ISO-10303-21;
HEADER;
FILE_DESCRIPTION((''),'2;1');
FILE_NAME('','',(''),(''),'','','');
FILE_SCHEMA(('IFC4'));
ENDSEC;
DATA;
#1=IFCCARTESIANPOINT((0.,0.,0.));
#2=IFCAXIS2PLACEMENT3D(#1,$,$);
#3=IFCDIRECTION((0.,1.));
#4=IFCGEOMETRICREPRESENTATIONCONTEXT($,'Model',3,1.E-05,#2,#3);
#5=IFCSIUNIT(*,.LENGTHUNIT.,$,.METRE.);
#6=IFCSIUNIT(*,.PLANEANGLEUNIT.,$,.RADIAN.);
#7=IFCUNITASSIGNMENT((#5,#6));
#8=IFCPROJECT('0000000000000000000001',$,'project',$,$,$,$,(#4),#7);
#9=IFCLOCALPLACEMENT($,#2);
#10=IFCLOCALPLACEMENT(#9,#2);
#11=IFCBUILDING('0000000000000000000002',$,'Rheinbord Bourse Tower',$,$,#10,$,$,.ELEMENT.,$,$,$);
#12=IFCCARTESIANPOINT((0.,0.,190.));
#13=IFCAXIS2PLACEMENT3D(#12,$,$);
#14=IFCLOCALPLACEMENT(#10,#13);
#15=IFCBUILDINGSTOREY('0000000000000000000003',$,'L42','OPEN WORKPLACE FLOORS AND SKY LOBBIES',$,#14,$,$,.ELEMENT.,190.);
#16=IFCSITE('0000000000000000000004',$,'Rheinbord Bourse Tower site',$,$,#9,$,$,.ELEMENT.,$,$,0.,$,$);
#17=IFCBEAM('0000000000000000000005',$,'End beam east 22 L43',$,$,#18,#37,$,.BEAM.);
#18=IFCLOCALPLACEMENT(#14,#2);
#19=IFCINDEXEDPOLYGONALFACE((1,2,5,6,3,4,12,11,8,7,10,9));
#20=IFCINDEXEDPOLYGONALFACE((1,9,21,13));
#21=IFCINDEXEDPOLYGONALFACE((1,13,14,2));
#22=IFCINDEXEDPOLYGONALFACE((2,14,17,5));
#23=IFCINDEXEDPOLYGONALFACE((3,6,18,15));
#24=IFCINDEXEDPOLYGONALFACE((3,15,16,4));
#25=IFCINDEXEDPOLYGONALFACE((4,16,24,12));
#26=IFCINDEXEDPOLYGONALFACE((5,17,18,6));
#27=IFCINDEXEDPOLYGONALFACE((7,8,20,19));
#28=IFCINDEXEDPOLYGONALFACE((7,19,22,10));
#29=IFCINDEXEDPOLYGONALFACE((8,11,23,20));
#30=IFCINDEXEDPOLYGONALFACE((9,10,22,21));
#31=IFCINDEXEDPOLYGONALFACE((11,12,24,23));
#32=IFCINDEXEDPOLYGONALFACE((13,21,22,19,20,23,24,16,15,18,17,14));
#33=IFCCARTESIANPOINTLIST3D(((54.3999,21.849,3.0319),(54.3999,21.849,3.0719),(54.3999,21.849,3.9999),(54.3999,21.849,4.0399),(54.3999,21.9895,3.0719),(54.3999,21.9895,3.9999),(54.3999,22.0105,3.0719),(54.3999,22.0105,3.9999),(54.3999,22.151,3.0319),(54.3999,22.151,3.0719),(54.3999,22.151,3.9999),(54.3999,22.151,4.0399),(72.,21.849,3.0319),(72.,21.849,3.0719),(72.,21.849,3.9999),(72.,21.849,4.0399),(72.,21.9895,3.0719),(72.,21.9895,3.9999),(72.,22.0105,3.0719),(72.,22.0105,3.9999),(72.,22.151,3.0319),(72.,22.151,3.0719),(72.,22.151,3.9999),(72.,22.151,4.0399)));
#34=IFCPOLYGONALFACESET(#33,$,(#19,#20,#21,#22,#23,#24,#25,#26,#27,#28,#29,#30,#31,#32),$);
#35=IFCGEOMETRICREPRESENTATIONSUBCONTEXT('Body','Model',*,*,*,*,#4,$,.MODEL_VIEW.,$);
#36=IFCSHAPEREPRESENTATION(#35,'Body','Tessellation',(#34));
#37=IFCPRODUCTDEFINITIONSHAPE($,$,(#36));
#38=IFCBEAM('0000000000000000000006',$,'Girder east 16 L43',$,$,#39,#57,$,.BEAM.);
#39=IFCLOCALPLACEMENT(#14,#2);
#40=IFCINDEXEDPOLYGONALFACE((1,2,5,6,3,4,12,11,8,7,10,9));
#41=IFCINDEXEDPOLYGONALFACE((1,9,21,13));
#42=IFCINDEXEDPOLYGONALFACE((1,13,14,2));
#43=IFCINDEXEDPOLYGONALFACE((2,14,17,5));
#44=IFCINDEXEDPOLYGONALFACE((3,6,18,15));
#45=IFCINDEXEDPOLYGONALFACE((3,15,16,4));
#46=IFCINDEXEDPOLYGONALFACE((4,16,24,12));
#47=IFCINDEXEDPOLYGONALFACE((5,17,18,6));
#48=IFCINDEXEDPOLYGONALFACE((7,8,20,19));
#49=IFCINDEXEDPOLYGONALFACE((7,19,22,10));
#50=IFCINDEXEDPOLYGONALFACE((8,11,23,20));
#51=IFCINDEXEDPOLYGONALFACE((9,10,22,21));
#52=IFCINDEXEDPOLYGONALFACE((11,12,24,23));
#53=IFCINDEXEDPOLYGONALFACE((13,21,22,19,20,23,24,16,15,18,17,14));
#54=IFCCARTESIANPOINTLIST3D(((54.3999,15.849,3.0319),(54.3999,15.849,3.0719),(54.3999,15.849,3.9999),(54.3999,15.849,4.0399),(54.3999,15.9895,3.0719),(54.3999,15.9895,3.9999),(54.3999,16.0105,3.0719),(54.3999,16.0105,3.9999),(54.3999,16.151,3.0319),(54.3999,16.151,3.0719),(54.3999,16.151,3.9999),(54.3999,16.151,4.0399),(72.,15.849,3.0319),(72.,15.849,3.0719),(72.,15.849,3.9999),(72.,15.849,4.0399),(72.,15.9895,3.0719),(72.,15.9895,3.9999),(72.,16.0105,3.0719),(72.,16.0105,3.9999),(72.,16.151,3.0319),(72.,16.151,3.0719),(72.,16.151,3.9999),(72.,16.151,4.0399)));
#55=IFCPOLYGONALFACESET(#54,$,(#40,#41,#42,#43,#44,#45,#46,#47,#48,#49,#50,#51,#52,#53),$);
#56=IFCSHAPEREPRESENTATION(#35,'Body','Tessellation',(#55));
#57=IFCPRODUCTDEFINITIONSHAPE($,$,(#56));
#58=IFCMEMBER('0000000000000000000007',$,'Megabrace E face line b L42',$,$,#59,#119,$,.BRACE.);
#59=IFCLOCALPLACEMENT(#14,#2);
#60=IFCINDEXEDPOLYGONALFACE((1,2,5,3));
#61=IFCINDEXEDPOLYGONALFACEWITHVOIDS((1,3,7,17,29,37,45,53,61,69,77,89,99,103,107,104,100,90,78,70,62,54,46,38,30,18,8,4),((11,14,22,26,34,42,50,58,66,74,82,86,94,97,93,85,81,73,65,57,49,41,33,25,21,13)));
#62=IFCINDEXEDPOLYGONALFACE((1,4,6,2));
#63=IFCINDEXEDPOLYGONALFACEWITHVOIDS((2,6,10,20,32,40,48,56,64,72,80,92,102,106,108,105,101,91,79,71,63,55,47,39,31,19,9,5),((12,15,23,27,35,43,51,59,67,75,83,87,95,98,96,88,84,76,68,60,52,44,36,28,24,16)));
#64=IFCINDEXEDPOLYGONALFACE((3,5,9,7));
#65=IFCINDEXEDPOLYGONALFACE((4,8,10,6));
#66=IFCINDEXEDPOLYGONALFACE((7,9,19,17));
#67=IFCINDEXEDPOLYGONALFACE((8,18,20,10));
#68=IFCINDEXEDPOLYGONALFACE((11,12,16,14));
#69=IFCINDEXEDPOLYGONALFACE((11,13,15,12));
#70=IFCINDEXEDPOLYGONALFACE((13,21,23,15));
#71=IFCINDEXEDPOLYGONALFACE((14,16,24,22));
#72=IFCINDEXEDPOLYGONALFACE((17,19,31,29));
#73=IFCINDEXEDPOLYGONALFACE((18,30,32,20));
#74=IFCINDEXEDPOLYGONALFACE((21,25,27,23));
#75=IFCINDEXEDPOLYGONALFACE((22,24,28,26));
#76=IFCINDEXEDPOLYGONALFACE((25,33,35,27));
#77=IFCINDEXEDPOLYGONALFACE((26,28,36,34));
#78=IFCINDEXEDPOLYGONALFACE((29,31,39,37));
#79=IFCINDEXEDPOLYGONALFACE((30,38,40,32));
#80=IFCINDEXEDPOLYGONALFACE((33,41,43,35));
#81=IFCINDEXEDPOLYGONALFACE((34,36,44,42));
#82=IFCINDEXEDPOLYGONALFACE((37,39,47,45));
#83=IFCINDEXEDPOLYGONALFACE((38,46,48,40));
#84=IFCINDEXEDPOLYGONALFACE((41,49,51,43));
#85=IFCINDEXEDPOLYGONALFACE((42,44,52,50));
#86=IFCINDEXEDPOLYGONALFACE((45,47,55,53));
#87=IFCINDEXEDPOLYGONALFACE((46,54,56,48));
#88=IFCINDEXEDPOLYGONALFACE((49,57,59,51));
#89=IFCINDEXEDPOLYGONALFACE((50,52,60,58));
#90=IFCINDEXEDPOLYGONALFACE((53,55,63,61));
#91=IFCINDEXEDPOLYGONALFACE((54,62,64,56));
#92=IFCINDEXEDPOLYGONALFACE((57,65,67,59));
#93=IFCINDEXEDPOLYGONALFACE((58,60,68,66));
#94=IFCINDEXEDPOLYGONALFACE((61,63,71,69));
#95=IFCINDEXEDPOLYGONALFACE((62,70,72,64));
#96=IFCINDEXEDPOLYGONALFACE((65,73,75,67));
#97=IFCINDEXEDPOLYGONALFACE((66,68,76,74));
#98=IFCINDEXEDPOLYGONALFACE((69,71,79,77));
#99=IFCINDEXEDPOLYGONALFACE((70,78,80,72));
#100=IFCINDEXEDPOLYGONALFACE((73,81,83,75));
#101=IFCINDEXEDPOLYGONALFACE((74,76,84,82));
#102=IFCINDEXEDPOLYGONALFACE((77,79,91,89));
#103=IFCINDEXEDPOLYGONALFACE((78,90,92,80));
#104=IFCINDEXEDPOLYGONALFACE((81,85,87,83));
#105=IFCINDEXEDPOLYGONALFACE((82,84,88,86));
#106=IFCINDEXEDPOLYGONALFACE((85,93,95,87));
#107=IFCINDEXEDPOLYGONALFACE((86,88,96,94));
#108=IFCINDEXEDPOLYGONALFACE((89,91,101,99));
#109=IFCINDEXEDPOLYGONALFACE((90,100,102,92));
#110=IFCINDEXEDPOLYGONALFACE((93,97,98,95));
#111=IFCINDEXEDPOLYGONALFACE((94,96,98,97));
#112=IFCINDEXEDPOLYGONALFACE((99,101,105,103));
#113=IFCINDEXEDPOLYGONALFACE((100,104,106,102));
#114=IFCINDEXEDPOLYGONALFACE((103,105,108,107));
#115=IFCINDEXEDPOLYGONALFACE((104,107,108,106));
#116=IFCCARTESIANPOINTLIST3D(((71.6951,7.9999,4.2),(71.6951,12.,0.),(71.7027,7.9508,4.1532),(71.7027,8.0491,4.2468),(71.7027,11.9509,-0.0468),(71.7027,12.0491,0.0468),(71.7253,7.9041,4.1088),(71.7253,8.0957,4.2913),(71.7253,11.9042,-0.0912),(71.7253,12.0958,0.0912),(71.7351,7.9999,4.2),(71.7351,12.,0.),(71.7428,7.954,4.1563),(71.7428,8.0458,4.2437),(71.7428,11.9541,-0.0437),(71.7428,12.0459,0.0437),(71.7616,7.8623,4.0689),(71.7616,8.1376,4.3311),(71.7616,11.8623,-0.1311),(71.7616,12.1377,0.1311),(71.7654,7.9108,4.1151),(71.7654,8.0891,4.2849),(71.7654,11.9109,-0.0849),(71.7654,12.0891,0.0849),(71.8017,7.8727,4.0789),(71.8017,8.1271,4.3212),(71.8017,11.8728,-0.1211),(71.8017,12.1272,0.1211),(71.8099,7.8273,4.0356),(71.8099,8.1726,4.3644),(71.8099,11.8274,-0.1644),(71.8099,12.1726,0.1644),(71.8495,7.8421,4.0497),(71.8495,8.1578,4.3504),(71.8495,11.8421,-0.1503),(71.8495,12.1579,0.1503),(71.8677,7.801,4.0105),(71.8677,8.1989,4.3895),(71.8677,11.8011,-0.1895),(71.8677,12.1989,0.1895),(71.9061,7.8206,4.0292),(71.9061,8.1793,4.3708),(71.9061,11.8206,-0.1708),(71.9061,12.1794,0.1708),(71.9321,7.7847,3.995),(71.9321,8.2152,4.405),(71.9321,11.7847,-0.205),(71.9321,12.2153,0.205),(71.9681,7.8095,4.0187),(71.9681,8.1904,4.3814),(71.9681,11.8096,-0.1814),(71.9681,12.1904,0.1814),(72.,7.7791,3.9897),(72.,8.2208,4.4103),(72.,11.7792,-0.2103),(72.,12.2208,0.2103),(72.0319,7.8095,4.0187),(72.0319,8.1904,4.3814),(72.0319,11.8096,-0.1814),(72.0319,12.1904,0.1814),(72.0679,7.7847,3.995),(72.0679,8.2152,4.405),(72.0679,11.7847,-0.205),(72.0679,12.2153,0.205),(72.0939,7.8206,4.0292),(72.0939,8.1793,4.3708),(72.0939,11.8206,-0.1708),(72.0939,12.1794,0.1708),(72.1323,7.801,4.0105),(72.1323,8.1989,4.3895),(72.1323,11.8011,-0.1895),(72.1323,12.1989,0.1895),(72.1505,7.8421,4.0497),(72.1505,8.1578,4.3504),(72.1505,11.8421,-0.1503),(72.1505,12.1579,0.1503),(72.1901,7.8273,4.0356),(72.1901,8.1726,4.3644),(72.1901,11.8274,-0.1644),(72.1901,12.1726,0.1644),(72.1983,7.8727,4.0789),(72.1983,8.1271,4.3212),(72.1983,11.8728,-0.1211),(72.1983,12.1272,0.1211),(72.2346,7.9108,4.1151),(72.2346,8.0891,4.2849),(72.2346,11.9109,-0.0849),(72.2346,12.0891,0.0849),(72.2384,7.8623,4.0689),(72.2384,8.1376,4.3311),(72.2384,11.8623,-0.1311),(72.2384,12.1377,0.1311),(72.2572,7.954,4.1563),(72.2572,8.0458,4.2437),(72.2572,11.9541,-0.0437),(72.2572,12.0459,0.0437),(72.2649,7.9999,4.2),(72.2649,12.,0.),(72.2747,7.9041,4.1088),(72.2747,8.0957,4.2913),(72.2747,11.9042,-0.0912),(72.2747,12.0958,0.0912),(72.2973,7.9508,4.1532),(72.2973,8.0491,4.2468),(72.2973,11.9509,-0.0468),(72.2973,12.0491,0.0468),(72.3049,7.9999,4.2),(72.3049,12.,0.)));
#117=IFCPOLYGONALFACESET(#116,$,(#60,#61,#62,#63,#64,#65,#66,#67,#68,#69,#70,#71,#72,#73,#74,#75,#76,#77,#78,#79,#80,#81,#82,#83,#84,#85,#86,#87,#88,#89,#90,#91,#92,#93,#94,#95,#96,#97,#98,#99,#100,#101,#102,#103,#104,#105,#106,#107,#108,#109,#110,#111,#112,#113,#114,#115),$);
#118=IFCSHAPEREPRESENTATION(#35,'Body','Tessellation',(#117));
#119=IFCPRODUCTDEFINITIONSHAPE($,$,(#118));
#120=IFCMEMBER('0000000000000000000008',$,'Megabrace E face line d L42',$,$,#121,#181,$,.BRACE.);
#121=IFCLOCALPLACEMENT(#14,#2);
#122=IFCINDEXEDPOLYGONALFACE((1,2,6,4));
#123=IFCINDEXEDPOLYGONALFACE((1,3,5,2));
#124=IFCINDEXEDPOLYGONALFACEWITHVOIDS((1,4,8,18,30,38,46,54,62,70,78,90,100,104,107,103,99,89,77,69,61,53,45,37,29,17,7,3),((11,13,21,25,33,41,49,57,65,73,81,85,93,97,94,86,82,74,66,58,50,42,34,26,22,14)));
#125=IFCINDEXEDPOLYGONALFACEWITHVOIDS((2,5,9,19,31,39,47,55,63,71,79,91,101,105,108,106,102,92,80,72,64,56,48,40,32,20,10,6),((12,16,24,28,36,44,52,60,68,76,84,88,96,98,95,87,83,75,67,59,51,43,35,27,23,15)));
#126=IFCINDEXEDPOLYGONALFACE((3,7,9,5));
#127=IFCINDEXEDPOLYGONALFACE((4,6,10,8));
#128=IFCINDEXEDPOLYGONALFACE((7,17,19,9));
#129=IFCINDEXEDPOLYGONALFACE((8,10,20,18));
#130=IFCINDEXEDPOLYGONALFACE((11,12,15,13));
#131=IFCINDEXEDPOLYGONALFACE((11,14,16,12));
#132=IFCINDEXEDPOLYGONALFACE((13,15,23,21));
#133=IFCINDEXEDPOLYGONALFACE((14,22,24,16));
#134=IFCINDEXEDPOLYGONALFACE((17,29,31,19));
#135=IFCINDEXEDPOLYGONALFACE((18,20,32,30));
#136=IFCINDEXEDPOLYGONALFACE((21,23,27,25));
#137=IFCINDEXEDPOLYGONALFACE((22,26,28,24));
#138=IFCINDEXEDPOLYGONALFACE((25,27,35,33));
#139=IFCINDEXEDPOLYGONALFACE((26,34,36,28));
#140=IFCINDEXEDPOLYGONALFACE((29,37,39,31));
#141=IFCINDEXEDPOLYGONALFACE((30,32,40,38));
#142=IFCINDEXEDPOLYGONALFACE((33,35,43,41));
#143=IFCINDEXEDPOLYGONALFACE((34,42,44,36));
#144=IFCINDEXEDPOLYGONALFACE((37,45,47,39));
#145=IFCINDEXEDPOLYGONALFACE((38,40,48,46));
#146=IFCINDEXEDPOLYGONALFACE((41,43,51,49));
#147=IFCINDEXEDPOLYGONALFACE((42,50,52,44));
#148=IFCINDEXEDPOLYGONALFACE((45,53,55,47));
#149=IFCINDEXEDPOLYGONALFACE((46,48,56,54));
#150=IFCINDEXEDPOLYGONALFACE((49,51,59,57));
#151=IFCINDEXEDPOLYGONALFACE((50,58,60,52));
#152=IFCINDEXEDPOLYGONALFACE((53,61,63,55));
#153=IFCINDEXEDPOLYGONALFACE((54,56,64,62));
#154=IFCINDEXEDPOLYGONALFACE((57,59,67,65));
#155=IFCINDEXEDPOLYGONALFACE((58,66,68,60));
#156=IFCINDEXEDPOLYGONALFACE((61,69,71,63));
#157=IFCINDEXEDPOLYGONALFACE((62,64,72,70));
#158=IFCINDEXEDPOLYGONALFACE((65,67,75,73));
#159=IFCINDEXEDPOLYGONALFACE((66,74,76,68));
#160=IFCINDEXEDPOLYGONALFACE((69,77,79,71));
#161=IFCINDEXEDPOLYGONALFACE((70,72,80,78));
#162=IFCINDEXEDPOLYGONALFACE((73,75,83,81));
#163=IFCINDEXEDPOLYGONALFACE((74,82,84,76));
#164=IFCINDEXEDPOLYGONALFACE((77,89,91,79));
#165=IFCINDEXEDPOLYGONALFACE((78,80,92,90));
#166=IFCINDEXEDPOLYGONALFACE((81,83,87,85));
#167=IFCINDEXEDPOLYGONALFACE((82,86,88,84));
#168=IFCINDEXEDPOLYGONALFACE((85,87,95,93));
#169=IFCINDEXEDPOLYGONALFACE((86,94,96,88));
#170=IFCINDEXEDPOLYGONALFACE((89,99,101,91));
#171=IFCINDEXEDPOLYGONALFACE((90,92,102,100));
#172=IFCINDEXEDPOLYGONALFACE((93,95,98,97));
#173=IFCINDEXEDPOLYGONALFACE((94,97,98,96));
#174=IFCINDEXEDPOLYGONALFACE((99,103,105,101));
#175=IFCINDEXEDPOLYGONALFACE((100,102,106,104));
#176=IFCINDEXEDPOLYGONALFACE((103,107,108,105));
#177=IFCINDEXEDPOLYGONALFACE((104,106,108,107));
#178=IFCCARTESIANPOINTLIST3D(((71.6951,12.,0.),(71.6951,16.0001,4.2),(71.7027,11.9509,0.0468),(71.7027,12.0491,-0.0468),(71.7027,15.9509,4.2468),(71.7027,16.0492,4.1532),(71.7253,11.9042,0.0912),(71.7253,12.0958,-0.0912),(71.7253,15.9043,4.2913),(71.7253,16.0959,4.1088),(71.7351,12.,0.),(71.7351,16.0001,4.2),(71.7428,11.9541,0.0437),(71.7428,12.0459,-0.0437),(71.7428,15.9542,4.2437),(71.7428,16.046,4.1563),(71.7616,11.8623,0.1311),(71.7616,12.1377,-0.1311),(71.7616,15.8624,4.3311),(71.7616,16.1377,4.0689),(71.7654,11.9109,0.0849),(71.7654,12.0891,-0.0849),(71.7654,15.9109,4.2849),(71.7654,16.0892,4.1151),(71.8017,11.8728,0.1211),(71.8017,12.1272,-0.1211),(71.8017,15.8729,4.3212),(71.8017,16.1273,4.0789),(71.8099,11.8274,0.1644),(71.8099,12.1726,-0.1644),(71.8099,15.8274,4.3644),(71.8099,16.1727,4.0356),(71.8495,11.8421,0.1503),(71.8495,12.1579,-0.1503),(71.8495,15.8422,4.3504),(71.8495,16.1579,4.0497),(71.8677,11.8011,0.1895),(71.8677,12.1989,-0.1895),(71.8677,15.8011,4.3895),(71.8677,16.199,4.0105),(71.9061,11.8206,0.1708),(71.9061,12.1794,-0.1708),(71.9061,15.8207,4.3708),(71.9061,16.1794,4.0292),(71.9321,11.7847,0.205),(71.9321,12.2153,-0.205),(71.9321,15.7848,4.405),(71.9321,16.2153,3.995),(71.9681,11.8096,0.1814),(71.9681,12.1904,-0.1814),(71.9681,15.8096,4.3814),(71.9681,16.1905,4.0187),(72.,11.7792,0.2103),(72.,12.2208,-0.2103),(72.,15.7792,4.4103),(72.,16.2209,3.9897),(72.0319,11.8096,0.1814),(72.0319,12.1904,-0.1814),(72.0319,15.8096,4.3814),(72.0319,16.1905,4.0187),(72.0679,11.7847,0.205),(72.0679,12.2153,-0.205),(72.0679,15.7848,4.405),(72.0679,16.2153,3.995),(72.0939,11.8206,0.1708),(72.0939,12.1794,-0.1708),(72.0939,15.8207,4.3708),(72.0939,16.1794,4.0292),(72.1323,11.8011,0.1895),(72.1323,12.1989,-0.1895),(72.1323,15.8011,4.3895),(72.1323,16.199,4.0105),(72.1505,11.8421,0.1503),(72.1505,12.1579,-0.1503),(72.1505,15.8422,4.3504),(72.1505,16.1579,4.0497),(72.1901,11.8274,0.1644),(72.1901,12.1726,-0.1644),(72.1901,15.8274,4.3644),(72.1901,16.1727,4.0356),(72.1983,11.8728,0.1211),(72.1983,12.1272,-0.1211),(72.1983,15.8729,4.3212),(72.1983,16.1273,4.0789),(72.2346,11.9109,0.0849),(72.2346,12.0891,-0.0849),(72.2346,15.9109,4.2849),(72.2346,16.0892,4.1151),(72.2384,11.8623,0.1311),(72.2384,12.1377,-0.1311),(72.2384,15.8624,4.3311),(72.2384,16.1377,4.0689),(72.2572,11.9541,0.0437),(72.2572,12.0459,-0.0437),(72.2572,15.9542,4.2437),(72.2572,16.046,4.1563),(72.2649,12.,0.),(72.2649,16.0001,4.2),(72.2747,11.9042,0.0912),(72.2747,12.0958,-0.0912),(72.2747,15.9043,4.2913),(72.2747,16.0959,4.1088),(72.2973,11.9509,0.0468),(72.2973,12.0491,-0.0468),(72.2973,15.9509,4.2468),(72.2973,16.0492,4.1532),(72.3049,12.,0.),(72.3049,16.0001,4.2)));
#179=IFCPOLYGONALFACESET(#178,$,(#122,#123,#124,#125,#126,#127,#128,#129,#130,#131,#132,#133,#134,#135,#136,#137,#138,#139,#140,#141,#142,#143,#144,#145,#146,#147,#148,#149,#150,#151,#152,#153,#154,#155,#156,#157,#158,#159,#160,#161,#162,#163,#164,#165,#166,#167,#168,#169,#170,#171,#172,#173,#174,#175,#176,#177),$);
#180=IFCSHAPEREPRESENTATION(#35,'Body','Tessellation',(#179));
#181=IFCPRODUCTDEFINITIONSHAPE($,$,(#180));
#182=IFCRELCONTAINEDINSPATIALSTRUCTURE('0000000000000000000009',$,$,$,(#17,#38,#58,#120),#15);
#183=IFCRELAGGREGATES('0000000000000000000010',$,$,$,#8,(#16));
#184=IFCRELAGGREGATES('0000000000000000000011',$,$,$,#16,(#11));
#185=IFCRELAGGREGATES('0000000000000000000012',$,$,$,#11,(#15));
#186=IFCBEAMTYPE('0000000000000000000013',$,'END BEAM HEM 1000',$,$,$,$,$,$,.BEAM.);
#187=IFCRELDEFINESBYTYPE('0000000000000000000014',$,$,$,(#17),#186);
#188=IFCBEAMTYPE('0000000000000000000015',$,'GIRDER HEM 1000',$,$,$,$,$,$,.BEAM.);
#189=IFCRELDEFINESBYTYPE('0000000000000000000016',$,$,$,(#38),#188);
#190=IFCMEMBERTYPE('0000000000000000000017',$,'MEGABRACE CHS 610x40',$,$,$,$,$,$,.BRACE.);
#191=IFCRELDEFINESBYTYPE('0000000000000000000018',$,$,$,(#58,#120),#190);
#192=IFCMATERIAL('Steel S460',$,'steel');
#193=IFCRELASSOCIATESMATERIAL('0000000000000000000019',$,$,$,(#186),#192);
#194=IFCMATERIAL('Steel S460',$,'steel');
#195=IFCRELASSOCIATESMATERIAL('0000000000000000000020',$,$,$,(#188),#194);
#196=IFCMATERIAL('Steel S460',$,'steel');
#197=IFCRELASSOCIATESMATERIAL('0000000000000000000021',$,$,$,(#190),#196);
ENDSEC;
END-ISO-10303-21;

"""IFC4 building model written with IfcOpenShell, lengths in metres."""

from ifc_helpers import new_model, si_unit, direction, frame, origin, origin_2d, place, context, subcontext, project, spatial, hollow_circle, i_section, extrude, material, material_profile, profile_set, type_object, element, save


model = new_model("IFC4")

# Units and contexts
model_context = context("Model", 3, precision=1e-05, world=origin(), true_north=direction((0.0, 1.0)))
body_context = subcontext(model_context, "Body", "Model", "MODEL_VIEW")
ifc_project = project(units=[si_unit("LENGTHUNIT", "METRE"), si_unit("PLANEANGLEUNIT", "RADIAN")], contexts=[model_context])

# Site, building, storey
site_placement = place(None, origin())
site = spatial("IfcSite", under=ifc_project, at=site_placement, Name="Rheinbord Bourse Tower site", CompositionType="ELEMENT", RefElevation=0.0)
building_placement = place(site_placement, origin())
building = spatial("IfcBuilding", under=site, at=building_placement, Name="Rheinbord Bourse Tower", CompositionType="ELEMENT")
storey_placement = place(building_placement, frame((0.0, 0.0, 190.0)))
storey = spatial("IfcBuildingStorey", under=building, at=storey_placement, Name="L42", Description="OPEN WORKPLACE FLOORS AND SKY LOBBIES", CompositionType="ELEMENT", Elevation=190.0)

# Beams
ifc_material_1 = material(Name="Steel S460", Category="steel")
ifc_material_profile_1 = material_profile(ifc_material_1, i_section(OverallWidth=0.302, OverallDepth=1.0081, WebThickness=0.021, FlangeThickness=0.04, at=origin_2d()), Name="HEM 1000")
ifc_profile_set_1 = profile_set([ifc_material_profile_1], Name="Steel S460")
beam_type_1 = type_object("IfcBeamType", Name="END BEAM HEM 1000", PredefinedType="BEAM", material=ifc_profile_set_1)
for number, where, z_axis, x_axis, name in (
    (1, (54.3999, 22.0, 3.5359), (1.0, 0.0, 0.0), (0.0, 1.0, 0.0), "End beam east 22 L43"),
):
    element("IfcBeam", number, at=place(storey_placement, frame(where, z_axis=z_axis, x_axis=x_axis)), inside=storey, type_object=beam_type_1, Name=name, PredefinedType="BEAM", context=body_context, shape_type="SweptSolid", body=[
        extrude(i_section(OverallWidth=0.302, OverallDepth=1.0081, WebThickness=0.021, FlangeThickness=0.04, at=origin_2d()), origin(), (0.0, 0.0, 1.0), 17.6001),
    ])
ifc_material_2 = material(Name="Steel S460", Category="steel")
ifc_material_profile_2 = material_profile(ifc_material_2, i_section(OverallWidth=0.302, OverallDepth=1.0081, WebThickness=0.021, FlangeThickness=0.04, at=origin_2d()), Name="HEM 1000")
ifc_profile_set_2 = profile_set([ifc_material_profile_2], Name="Steel S460")
beam_type_2 = type_object("IfcBeamType", Name="GIRDER HEM 1000", PredefinedType="BEAM", material=ifc_profile_set_2)
beam_1_placement = place(storey_placement, frame((54.3999, 16.0, 3.5359), z_axis=(1.0, 0.0, 0.0), x_axis=(0.0, 1.0, 0.0)))
element("IfcBeam", 2, at=beam_1_placement, inside=storey, type_object=beam_type_2, Name="Girder east 16 L43", PredefinedType="BEAM", context=body_context, shape_type="SweptSolid", body=[
    extrude(i_section(OverallWidth=0.302, OverallDepth=1.0081, WebThickness=0.021, FlangeThickness=0.04, at=origin_2d()), origin(), (0.0, 0.0, 1.0), 17.6001),
])

# Members
ifc_material_3 = material(Name="Steel S460", Category="steel")
ifc_material_profile_3 = material_profile(ifc_material_3, hollow_circle(Radius=0.3049, WallThickness=0.04, at=origin_2d()), Name="CHS 610x40")
ifc_profile_set_3 = profile_set([ifc_material_profile_3], Name="Steel S460")
member_type_1 = type_object("IfcMemberType", Name="MEGABRACE CHS 610x40", PredefinedType="BRACE", material=ifc_profile_set_3)
for number, where, z_axis, x_axis, name in (
    (3, (72.0, 12.0, 0.0), (0.0, -0.689659, 0.724134), (1.0, 0.0, 0.0), "Megabrace E face line b L42"),
    (4, (72.0, 12.0, 0.0), (0.0, 0.689659, 0.724134), (-1.0, 0.0, 0.0), "Megabrace E face line d L42"),
):
    element("IfcMember", number, at=place(storey_placement, frame(where, z_axis=z_axis, x_axis=x_axis)), inside=storey, type_object=member_type_1, Name=name, PredefinedType="BRACE", context=body_context, shape_type="SweptSolid", body=[
        extrude(hollow_circle(Radius=0.3049, WallThickness=0.04, at=origin_2d()), origin(), (0.0, 0.0, 1.0), 5.8),
    ])

save(model, "model.ifc")
